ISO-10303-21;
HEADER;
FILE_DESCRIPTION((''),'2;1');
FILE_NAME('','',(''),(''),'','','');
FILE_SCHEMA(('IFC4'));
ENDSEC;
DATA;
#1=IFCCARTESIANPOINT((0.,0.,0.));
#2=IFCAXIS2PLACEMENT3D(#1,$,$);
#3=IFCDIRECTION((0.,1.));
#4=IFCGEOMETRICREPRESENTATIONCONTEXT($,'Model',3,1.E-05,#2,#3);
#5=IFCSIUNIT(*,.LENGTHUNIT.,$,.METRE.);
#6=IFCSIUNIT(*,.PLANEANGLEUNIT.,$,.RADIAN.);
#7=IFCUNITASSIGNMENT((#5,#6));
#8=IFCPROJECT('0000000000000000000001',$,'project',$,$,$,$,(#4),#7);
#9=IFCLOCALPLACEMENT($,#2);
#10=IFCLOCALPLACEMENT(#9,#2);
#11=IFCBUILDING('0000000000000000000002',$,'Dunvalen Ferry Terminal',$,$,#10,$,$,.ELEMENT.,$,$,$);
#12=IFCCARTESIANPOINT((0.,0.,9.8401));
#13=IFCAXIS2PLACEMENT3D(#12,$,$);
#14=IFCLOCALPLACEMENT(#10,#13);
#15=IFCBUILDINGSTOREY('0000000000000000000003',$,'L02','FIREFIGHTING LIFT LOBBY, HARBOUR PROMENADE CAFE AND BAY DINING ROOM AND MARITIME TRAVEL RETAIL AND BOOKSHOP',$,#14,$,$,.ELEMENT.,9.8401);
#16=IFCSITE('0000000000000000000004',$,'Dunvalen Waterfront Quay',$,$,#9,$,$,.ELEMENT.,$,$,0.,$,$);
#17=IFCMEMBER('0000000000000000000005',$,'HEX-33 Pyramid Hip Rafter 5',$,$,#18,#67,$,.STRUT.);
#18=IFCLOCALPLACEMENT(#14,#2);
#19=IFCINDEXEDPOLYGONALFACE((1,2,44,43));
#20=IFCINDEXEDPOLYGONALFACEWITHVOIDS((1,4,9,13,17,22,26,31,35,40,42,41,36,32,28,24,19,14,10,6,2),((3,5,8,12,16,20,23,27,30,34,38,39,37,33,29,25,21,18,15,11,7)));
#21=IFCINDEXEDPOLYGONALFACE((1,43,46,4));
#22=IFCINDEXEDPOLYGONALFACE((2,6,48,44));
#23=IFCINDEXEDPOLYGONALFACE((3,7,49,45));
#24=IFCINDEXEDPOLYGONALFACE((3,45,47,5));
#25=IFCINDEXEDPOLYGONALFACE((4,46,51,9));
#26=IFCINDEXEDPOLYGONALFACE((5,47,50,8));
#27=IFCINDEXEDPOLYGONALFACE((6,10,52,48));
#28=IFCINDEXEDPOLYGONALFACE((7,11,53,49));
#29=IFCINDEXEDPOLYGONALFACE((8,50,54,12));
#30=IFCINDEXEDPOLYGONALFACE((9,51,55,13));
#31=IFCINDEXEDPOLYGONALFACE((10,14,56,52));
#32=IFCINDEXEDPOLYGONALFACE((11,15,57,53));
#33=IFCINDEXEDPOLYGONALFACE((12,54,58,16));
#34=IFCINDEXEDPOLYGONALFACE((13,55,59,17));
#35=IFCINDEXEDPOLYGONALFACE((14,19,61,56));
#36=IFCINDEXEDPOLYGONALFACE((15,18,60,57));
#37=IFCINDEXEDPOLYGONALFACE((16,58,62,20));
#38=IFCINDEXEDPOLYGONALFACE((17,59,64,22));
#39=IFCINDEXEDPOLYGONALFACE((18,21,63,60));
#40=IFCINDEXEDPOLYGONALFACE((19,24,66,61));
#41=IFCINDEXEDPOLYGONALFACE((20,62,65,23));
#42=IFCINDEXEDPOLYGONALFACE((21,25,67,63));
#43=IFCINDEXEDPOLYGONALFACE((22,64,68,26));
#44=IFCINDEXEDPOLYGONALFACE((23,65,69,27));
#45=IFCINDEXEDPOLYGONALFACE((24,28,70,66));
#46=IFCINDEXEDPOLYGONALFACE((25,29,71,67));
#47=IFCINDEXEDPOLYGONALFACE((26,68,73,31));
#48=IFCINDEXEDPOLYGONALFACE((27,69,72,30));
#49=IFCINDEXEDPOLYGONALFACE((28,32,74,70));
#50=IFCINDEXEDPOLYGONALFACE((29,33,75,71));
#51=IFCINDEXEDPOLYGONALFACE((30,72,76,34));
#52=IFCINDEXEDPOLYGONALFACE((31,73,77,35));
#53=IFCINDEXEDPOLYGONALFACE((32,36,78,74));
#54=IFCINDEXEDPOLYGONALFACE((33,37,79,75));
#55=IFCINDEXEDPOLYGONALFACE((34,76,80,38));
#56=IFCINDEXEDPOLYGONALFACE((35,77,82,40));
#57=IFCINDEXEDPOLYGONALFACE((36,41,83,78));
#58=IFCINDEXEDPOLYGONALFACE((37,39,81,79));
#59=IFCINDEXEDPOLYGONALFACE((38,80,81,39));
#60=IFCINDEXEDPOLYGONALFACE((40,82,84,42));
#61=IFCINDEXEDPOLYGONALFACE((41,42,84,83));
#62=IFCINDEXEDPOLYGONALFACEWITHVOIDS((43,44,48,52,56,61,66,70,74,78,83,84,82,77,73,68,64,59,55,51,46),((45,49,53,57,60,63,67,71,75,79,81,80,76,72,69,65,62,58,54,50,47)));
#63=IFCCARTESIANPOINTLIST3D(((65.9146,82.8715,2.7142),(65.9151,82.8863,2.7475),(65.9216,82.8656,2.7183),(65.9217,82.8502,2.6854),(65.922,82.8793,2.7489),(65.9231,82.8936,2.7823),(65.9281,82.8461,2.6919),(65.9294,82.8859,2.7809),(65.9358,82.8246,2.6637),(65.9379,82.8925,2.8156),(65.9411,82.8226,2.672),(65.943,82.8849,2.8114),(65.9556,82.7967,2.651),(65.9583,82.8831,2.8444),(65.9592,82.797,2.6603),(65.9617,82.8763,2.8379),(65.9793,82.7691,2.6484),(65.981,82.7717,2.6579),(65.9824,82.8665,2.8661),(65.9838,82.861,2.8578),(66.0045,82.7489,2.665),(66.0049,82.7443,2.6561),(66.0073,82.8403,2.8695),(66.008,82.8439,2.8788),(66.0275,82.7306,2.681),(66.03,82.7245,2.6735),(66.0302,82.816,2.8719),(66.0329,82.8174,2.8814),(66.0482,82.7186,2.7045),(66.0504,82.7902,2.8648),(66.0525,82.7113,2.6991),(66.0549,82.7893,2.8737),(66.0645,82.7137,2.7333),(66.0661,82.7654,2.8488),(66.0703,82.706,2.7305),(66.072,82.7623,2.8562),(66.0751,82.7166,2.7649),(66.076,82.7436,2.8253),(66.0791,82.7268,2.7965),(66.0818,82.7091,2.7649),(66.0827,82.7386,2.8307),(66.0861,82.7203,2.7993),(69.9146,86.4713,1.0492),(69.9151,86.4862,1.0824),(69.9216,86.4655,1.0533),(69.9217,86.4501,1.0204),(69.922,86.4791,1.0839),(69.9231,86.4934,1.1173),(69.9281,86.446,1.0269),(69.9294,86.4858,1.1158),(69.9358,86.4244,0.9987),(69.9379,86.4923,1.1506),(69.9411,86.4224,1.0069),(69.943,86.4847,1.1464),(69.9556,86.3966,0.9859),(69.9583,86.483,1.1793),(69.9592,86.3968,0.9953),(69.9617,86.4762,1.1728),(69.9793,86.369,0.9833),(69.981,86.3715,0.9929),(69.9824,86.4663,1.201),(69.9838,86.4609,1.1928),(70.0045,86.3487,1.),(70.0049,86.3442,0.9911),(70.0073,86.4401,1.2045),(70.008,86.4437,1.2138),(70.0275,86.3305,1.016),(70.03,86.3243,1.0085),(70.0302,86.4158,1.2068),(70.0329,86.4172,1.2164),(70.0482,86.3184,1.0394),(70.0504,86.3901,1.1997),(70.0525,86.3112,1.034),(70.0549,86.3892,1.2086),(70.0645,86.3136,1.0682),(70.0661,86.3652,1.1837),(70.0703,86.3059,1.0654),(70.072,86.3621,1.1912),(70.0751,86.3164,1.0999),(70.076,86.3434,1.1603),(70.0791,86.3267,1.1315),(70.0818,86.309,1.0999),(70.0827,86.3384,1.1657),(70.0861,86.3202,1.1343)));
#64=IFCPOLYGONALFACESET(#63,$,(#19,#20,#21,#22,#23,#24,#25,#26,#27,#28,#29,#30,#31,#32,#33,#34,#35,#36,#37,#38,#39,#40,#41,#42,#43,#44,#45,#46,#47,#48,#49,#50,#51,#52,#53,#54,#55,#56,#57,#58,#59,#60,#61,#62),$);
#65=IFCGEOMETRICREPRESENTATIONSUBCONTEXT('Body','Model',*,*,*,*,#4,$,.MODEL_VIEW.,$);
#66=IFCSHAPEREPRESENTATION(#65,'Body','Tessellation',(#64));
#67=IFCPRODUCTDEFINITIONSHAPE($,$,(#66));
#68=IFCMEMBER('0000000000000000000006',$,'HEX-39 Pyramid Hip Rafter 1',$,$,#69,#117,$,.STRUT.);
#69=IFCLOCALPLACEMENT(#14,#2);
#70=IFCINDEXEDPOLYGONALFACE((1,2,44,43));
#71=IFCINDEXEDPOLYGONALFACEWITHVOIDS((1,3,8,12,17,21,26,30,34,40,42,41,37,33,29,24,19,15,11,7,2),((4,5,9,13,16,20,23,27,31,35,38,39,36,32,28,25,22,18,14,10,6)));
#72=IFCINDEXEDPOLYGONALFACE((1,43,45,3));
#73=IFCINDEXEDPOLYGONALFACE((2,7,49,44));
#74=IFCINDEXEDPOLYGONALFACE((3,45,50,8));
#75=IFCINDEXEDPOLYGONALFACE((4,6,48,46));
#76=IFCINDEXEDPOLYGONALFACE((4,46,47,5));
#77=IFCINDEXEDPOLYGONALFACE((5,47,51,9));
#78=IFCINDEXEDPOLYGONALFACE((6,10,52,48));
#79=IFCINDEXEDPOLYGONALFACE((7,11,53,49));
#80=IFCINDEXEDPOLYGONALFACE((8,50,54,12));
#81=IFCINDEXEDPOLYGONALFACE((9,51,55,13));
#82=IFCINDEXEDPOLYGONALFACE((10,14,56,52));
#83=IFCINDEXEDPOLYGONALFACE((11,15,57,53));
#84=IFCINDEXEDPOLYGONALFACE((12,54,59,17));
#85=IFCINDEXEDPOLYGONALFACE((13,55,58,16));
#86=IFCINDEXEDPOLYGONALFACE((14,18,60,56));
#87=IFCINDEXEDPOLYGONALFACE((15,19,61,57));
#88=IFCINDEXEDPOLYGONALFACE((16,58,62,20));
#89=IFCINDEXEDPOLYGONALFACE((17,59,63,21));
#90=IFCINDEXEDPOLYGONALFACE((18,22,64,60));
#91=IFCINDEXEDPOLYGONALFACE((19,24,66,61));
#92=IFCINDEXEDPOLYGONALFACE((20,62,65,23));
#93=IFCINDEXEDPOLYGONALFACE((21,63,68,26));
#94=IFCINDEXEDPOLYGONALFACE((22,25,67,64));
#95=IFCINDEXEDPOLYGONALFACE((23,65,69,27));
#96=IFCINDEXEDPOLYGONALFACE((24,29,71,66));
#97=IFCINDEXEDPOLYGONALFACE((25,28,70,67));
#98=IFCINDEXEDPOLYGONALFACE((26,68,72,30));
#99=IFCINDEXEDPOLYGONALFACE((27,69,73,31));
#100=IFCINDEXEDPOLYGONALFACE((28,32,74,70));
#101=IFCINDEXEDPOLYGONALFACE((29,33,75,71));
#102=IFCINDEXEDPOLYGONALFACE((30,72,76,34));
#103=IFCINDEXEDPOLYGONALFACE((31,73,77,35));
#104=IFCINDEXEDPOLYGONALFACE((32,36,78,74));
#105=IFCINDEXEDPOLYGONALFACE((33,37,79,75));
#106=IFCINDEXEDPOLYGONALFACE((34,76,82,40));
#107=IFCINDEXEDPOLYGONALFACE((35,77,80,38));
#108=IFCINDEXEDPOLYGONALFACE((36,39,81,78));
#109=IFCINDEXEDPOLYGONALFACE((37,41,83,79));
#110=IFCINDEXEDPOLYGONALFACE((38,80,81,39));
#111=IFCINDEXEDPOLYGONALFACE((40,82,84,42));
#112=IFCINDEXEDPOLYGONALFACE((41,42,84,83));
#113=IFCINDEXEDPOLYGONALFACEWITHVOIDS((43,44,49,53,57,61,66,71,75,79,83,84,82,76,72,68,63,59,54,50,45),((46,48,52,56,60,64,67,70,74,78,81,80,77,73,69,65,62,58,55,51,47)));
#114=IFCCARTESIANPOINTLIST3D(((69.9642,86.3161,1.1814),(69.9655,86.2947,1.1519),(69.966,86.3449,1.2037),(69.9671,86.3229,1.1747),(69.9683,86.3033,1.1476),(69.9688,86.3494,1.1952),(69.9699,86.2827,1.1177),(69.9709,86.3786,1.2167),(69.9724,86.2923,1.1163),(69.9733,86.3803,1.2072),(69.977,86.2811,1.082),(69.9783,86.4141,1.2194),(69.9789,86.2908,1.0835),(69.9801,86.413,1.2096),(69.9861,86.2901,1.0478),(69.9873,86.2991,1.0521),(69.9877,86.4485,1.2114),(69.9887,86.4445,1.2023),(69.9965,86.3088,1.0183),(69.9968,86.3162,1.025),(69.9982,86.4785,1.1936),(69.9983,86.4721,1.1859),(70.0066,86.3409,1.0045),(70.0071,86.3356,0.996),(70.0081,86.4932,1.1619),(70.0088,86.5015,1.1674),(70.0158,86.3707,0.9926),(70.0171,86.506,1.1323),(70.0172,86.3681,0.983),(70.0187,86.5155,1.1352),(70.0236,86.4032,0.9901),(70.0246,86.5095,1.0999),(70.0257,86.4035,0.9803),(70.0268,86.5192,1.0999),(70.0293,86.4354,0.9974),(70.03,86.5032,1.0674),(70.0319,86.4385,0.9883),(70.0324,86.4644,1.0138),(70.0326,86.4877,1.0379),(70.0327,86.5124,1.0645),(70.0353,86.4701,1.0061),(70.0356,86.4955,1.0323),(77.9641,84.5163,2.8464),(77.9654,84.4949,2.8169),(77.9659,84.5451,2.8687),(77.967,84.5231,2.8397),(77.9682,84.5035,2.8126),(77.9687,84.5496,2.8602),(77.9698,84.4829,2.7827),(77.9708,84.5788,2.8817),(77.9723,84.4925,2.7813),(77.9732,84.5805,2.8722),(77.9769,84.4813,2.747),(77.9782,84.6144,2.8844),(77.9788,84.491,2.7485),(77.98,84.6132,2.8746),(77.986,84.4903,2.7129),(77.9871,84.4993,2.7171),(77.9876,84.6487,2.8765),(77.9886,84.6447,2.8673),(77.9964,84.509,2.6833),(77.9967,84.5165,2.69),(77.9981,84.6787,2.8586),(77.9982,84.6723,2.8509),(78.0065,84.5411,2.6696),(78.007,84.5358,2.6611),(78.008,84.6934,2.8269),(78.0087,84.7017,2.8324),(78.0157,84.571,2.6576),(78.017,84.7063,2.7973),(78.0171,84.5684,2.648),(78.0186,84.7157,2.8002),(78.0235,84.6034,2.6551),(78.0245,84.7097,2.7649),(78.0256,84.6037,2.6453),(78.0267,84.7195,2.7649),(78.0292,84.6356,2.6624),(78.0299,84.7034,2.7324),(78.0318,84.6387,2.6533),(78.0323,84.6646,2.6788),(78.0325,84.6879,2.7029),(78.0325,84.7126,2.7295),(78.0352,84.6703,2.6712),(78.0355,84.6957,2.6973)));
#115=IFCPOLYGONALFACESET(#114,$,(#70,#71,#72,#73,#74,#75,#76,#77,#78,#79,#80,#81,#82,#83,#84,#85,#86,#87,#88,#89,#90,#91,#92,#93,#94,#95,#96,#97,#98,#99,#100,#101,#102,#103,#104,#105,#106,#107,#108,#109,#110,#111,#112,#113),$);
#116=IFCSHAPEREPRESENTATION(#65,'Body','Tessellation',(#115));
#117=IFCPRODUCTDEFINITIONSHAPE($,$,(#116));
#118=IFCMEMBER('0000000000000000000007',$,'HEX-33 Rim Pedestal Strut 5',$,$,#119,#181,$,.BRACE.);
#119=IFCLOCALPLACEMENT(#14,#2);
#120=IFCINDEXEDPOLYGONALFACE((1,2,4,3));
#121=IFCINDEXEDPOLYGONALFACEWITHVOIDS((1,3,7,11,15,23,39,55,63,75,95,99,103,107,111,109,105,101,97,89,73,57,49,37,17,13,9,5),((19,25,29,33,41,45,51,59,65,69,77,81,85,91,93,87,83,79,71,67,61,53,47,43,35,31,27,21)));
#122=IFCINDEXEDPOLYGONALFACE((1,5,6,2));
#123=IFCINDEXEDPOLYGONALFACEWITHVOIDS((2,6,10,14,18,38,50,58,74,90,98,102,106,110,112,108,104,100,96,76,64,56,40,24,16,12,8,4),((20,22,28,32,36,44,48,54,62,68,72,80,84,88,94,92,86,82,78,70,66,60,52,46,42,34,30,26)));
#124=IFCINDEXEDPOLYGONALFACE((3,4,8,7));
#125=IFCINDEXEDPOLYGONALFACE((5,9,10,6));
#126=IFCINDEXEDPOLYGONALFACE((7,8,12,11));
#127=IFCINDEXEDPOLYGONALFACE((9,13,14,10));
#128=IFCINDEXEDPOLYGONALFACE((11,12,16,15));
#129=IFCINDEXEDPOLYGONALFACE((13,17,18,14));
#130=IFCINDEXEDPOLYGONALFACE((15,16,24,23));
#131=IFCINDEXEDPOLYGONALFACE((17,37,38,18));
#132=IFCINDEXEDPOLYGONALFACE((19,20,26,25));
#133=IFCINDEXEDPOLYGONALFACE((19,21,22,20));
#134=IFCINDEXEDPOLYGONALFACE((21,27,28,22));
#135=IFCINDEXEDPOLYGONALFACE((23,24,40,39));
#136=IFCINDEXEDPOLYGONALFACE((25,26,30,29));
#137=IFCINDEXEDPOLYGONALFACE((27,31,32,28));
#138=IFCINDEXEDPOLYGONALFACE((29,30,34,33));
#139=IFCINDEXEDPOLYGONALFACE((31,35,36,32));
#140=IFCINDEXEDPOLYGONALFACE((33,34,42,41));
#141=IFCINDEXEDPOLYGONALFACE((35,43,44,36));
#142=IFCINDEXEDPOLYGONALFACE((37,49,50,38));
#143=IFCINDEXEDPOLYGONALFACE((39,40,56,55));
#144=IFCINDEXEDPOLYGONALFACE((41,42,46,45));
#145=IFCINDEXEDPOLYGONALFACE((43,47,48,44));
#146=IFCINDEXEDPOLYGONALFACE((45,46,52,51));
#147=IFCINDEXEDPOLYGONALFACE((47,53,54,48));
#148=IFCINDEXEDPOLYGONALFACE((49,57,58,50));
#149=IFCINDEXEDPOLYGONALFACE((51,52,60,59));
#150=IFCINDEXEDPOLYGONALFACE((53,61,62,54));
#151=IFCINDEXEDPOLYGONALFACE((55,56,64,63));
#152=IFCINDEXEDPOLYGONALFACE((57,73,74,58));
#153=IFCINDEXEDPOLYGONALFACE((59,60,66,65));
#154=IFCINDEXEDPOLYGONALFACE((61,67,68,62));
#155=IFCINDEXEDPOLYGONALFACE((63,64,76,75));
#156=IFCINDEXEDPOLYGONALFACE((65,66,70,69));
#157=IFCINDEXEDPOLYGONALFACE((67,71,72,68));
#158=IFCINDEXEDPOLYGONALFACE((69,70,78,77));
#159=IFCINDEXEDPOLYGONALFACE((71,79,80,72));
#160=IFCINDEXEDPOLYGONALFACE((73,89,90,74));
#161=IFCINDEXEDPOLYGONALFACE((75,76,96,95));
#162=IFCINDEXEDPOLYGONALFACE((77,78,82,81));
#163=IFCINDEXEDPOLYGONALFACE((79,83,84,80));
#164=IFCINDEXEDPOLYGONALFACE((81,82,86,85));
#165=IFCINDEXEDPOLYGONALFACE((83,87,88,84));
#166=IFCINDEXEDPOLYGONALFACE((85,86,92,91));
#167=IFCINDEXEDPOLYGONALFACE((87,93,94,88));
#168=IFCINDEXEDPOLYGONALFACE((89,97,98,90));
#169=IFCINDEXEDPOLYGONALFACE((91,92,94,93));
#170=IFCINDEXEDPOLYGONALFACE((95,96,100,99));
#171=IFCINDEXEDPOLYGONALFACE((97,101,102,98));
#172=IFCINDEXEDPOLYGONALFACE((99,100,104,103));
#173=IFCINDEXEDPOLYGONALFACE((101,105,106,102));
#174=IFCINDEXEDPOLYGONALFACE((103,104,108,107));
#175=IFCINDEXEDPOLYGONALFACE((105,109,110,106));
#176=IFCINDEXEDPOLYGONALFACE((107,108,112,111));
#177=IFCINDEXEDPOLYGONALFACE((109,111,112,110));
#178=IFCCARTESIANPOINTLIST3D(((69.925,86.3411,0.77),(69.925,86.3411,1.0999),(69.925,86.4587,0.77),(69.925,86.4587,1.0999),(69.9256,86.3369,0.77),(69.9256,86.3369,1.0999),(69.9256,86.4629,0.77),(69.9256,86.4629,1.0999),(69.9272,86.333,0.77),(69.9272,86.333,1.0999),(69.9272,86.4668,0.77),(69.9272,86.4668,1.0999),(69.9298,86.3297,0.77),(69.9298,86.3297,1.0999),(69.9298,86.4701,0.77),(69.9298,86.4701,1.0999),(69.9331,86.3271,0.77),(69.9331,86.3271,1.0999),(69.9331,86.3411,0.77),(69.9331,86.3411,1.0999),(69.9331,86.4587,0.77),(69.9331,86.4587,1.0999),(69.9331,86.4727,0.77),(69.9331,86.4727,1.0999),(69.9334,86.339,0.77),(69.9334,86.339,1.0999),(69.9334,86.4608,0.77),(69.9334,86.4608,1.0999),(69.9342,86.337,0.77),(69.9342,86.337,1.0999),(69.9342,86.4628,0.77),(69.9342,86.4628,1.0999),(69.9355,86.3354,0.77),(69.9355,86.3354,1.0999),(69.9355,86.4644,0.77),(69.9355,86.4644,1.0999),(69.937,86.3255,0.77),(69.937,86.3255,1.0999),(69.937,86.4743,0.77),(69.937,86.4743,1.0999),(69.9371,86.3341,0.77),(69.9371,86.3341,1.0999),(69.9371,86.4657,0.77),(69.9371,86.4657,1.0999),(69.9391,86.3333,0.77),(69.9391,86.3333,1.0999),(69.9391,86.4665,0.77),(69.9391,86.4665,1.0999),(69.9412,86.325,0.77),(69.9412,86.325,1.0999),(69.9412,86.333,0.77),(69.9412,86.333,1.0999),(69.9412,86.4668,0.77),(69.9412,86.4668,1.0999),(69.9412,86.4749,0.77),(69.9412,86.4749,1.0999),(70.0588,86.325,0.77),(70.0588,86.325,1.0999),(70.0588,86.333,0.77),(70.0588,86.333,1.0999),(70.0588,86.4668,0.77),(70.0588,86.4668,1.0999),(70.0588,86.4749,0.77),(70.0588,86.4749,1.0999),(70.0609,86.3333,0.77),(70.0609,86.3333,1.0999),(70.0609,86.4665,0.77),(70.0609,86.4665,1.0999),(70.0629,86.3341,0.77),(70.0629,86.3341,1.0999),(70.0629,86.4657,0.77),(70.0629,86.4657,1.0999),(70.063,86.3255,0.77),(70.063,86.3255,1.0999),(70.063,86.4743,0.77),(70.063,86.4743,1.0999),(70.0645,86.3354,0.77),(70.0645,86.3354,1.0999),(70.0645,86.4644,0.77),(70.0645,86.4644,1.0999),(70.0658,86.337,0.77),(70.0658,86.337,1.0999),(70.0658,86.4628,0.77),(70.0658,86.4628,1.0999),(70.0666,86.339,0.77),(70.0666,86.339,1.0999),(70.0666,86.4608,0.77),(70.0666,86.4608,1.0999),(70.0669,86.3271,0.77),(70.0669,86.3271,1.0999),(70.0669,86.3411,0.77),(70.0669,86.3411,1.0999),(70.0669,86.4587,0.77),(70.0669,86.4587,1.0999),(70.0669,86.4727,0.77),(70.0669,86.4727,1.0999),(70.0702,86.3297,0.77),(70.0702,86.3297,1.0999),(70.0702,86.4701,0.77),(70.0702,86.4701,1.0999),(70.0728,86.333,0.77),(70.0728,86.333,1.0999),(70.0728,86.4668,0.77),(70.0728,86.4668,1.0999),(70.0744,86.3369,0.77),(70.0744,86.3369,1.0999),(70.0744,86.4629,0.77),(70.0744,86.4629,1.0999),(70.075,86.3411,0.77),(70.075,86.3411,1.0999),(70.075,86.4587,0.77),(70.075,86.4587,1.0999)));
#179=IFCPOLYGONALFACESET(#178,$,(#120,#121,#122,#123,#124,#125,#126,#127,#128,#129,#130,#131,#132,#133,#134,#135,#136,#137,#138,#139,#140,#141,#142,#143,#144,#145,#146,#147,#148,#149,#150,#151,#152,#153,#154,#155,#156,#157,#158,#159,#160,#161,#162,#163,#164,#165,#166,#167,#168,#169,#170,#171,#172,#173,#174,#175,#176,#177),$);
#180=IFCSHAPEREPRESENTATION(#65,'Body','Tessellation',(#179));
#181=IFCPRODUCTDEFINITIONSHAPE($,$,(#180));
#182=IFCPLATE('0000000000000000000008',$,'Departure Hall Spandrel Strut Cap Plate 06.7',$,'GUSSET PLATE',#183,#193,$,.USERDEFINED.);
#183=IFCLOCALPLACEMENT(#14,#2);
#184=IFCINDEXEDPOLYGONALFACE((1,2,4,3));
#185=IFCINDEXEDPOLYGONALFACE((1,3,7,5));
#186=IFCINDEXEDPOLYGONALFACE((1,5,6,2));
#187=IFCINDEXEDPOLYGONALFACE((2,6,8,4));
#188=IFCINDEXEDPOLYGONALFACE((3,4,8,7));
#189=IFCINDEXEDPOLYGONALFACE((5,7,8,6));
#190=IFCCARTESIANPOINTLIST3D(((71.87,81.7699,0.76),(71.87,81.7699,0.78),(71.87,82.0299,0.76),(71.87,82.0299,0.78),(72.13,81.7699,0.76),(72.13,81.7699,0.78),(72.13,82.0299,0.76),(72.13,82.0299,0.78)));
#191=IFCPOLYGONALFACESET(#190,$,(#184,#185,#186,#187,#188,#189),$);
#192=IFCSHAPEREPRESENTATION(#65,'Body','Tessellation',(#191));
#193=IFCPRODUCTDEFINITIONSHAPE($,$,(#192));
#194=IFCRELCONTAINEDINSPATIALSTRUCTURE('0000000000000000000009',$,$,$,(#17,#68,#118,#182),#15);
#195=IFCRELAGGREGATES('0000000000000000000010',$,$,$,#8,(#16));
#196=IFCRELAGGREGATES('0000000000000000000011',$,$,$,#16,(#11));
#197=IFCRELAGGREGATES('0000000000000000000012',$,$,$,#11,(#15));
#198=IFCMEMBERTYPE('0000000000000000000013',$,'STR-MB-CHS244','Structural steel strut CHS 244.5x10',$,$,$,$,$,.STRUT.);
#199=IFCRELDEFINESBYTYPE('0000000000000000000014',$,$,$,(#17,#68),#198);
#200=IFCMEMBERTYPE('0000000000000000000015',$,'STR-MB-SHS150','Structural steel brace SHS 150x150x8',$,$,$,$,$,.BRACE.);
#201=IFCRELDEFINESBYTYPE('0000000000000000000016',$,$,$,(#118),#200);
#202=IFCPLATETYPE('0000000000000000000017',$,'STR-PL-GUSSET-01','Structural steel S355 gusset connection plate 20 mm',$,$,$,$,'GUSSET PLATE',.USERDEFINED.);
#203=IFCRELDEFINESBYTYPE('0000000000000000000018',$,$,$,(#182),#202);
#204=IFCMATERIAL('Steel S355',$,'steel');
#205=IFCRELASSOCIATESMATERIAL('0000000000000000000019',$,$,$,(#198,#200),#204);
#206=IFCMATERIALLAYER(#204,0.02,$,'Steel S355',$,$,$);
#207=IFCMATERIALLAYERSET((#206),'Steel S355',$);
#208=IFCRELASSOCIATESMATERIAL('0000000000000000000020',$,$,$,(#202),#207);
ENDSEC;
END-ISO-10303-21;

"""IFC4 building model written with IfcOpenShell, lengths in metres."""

from ifc_helpers import new_model, si_unit, direction, frame, origin, origin_2d, place, context, subcontext, project, spatial, rectangle, hollow_rectangle, hollow_circle, extrude, material, layer, layer_set, material_profile, profile_set, type_object, element, save


model = new_model("IFC4")

# Units and contexts
model_context = context("Model", 3, precision=1e-05, world=origin(), true_north=direction((0.0, 1.0)))
body_context = subcontext(model_context, "Body", "Model", "MODEL_VIEW")
ifc_project = project(units=[si_unit("LENGTHUNIT", "METRE"), si_unit("PLANEANGLEUNIT", "RADIAN")], contexts=[model_context])

# Site, building, storey
site_placement = place(None, origin())
site = spatial("IfcSite", under=ifc_project, at=site_placement, Name="Dunvalen Waterfront Quay", CompositionType="ELEMENT", RefElevation=0.0)
building_placement = place(site_placement, origin())
building = spatial("IfcBuilding", under=site, at=building_placement, Name="Dunvalen Ferry Terminal", CompositionType="ELEMENT")
storey_placement = place(building_placement, frame((0.0, 0.0, 9.8401)))
storey = spatial("IfcBuildingStorey", under=building, at=storey_placement, Name="L02", Description="FIREFIGHTING LIFT LOBBY, HARBOUR PROMENADE CAFE AND BAY DINING ROOM AND MARITIME TRAVEL RETAIL AND BOOKSHOP", CompositionType="ELEMENT", Elevation=9.8401)

# Shared definitions
ifc_material_1 = material(Name="Steel S355", Category="steel")

# Members
ifc_material_profile_1 = material_profile(ifc_material_1, hollow_circle(Radius=0.1223, WallThickness=0.01, at=origin_2d()), Name="Steel S355")
ifc_profile_set_1 = profile_set([ifc_material_profile_1], Name="Steel S355")
member_type_1 = type_object("IfcMemberType", Name="STR-MB-CHS244", Description="Structural steel strut CHS 244.5x10", PredefinedType="STRUT", material=ifc_profile_set_1)
member_1_placement = place(storey_placement, frame((70.0, 86.3999, 1.0999), z_axis=(-0.710094, -0.639059, 0.295584), x_axis=(0.66895, -0.743308, 0.0)))
element("IfcMember", 1, at=member_1_placement, inside=storey, type_object=member_type_1, Name="HEX-33 Pyramid Hip Rafter 5", PredefinedType="STRUT", context=body_context, shape_type="SweptSolid", body=[
    extrude(hollow_circle(Radius=0.1223, WallThickness=0.01, at=origin_2d()), origin(), (0.0, 0.0, 1.0), 5.6331),
])
member_2_placement = place(storey_placement, frame((70.0, 86.3999, 1.0999), z_axis=(0.956103, -0.2151, 0.198994), x_axis=(0.21949, 0.975615, 0.0)))
element("IfcMember", 2, at=member_2_placement, inside=storey, type_object=member_type_1, Name="HEX-39 Pyramid Hip Rafter 1", PredefinedType="STRUT", context=body_context, shape_type="SweptSolid", body=[
    extrude(hollow_circle(Radius=0.1223, WallThickness=0.01, at=origin_2d()), origin(), (0.0, 0.0, 1.0), 8.3672),
])
ifc_material_profile_2 = material_profile(ifc_material_1, hollow_rectangle(XDim=0.1499, YDim=0.1499, WallThickness=0.0081, InnerFilletRadius=0.0081, OuterFilletRadius=0.0161, at=origin_2d()), Name="Steel S355")
ifc_profile_set_2 = profile_set([ifc_material_profile_2], Name="Steel S355")
member_type_2 = type_object("IfcMemberType", Name="STR-MB-SHS150", Description="Structural steel brace SHS 150x150x8", PredefinedType="BRACE", material=ifc_profile_set_2)
member_3_placement = place(storey_placement, frame((70.0, 86.3999, 0.77), z_axis=(0.0, 0.0, 1.0), x_axis=(1.0, 0.0, 0.0)))
element("IfcMember", 3, at=member_3_placement, inside=storey, type_object=member_type_2, Name="HEX-33 Rim Pedestal Strut 5", PredefinedType="BRACE", context=body_context, shape_type="SweptSolid", body=[
    extrude(hollow_rectangle(XDim=0.1499, YDim=0.1499, WallThickness=0.0081, InnerFilletRadius=0.0081, OuterFilletRadius=0.0161, at=origin_2d()), origin(), (0.0, 0.0, 1.0), 0.3298),
])

# Plate
ifc_layer_1 = layer(ifc_material_1, 0.02, Name="Steel S355")
ifc_layer_set_1 = layer_set([ifc_layer_1], Name="Steel S355")
plate_type_1 = type_object("IfcPlateType", Name="STR-PL-GUSSET-01", Description="Structural steel S355 gusset connection plate 20 mm", ElementType="GUSSET PLATE", PredefinedType="USERDEFINED", material=ifc_layer_set_1)
plate_1_placement = place(storey_placement, frame((72.0, 81.8999, 0.76), z_axis=(0.0, 0.0, 1.0), x_axis=(1.0, 0.0, 0.0)))
element("IfcPlate", 4, at=plate_1_placement, inside=storey, type_object=plate_type_1, Name="Departure Hall Spandrel Strut Cap Plate 06.7", ObjectType="GUSSET PLATE", PredefinedType="USERDEFINED", context=body_context, shape_type="SweptSolid", body=[
    extrude(rectangle(XDim=0.26, YDim=0.26, at=origin_2d()), origin(), (0.0, 0.0, 1.0), 0.02),
])

save(model, "model.ifc")
